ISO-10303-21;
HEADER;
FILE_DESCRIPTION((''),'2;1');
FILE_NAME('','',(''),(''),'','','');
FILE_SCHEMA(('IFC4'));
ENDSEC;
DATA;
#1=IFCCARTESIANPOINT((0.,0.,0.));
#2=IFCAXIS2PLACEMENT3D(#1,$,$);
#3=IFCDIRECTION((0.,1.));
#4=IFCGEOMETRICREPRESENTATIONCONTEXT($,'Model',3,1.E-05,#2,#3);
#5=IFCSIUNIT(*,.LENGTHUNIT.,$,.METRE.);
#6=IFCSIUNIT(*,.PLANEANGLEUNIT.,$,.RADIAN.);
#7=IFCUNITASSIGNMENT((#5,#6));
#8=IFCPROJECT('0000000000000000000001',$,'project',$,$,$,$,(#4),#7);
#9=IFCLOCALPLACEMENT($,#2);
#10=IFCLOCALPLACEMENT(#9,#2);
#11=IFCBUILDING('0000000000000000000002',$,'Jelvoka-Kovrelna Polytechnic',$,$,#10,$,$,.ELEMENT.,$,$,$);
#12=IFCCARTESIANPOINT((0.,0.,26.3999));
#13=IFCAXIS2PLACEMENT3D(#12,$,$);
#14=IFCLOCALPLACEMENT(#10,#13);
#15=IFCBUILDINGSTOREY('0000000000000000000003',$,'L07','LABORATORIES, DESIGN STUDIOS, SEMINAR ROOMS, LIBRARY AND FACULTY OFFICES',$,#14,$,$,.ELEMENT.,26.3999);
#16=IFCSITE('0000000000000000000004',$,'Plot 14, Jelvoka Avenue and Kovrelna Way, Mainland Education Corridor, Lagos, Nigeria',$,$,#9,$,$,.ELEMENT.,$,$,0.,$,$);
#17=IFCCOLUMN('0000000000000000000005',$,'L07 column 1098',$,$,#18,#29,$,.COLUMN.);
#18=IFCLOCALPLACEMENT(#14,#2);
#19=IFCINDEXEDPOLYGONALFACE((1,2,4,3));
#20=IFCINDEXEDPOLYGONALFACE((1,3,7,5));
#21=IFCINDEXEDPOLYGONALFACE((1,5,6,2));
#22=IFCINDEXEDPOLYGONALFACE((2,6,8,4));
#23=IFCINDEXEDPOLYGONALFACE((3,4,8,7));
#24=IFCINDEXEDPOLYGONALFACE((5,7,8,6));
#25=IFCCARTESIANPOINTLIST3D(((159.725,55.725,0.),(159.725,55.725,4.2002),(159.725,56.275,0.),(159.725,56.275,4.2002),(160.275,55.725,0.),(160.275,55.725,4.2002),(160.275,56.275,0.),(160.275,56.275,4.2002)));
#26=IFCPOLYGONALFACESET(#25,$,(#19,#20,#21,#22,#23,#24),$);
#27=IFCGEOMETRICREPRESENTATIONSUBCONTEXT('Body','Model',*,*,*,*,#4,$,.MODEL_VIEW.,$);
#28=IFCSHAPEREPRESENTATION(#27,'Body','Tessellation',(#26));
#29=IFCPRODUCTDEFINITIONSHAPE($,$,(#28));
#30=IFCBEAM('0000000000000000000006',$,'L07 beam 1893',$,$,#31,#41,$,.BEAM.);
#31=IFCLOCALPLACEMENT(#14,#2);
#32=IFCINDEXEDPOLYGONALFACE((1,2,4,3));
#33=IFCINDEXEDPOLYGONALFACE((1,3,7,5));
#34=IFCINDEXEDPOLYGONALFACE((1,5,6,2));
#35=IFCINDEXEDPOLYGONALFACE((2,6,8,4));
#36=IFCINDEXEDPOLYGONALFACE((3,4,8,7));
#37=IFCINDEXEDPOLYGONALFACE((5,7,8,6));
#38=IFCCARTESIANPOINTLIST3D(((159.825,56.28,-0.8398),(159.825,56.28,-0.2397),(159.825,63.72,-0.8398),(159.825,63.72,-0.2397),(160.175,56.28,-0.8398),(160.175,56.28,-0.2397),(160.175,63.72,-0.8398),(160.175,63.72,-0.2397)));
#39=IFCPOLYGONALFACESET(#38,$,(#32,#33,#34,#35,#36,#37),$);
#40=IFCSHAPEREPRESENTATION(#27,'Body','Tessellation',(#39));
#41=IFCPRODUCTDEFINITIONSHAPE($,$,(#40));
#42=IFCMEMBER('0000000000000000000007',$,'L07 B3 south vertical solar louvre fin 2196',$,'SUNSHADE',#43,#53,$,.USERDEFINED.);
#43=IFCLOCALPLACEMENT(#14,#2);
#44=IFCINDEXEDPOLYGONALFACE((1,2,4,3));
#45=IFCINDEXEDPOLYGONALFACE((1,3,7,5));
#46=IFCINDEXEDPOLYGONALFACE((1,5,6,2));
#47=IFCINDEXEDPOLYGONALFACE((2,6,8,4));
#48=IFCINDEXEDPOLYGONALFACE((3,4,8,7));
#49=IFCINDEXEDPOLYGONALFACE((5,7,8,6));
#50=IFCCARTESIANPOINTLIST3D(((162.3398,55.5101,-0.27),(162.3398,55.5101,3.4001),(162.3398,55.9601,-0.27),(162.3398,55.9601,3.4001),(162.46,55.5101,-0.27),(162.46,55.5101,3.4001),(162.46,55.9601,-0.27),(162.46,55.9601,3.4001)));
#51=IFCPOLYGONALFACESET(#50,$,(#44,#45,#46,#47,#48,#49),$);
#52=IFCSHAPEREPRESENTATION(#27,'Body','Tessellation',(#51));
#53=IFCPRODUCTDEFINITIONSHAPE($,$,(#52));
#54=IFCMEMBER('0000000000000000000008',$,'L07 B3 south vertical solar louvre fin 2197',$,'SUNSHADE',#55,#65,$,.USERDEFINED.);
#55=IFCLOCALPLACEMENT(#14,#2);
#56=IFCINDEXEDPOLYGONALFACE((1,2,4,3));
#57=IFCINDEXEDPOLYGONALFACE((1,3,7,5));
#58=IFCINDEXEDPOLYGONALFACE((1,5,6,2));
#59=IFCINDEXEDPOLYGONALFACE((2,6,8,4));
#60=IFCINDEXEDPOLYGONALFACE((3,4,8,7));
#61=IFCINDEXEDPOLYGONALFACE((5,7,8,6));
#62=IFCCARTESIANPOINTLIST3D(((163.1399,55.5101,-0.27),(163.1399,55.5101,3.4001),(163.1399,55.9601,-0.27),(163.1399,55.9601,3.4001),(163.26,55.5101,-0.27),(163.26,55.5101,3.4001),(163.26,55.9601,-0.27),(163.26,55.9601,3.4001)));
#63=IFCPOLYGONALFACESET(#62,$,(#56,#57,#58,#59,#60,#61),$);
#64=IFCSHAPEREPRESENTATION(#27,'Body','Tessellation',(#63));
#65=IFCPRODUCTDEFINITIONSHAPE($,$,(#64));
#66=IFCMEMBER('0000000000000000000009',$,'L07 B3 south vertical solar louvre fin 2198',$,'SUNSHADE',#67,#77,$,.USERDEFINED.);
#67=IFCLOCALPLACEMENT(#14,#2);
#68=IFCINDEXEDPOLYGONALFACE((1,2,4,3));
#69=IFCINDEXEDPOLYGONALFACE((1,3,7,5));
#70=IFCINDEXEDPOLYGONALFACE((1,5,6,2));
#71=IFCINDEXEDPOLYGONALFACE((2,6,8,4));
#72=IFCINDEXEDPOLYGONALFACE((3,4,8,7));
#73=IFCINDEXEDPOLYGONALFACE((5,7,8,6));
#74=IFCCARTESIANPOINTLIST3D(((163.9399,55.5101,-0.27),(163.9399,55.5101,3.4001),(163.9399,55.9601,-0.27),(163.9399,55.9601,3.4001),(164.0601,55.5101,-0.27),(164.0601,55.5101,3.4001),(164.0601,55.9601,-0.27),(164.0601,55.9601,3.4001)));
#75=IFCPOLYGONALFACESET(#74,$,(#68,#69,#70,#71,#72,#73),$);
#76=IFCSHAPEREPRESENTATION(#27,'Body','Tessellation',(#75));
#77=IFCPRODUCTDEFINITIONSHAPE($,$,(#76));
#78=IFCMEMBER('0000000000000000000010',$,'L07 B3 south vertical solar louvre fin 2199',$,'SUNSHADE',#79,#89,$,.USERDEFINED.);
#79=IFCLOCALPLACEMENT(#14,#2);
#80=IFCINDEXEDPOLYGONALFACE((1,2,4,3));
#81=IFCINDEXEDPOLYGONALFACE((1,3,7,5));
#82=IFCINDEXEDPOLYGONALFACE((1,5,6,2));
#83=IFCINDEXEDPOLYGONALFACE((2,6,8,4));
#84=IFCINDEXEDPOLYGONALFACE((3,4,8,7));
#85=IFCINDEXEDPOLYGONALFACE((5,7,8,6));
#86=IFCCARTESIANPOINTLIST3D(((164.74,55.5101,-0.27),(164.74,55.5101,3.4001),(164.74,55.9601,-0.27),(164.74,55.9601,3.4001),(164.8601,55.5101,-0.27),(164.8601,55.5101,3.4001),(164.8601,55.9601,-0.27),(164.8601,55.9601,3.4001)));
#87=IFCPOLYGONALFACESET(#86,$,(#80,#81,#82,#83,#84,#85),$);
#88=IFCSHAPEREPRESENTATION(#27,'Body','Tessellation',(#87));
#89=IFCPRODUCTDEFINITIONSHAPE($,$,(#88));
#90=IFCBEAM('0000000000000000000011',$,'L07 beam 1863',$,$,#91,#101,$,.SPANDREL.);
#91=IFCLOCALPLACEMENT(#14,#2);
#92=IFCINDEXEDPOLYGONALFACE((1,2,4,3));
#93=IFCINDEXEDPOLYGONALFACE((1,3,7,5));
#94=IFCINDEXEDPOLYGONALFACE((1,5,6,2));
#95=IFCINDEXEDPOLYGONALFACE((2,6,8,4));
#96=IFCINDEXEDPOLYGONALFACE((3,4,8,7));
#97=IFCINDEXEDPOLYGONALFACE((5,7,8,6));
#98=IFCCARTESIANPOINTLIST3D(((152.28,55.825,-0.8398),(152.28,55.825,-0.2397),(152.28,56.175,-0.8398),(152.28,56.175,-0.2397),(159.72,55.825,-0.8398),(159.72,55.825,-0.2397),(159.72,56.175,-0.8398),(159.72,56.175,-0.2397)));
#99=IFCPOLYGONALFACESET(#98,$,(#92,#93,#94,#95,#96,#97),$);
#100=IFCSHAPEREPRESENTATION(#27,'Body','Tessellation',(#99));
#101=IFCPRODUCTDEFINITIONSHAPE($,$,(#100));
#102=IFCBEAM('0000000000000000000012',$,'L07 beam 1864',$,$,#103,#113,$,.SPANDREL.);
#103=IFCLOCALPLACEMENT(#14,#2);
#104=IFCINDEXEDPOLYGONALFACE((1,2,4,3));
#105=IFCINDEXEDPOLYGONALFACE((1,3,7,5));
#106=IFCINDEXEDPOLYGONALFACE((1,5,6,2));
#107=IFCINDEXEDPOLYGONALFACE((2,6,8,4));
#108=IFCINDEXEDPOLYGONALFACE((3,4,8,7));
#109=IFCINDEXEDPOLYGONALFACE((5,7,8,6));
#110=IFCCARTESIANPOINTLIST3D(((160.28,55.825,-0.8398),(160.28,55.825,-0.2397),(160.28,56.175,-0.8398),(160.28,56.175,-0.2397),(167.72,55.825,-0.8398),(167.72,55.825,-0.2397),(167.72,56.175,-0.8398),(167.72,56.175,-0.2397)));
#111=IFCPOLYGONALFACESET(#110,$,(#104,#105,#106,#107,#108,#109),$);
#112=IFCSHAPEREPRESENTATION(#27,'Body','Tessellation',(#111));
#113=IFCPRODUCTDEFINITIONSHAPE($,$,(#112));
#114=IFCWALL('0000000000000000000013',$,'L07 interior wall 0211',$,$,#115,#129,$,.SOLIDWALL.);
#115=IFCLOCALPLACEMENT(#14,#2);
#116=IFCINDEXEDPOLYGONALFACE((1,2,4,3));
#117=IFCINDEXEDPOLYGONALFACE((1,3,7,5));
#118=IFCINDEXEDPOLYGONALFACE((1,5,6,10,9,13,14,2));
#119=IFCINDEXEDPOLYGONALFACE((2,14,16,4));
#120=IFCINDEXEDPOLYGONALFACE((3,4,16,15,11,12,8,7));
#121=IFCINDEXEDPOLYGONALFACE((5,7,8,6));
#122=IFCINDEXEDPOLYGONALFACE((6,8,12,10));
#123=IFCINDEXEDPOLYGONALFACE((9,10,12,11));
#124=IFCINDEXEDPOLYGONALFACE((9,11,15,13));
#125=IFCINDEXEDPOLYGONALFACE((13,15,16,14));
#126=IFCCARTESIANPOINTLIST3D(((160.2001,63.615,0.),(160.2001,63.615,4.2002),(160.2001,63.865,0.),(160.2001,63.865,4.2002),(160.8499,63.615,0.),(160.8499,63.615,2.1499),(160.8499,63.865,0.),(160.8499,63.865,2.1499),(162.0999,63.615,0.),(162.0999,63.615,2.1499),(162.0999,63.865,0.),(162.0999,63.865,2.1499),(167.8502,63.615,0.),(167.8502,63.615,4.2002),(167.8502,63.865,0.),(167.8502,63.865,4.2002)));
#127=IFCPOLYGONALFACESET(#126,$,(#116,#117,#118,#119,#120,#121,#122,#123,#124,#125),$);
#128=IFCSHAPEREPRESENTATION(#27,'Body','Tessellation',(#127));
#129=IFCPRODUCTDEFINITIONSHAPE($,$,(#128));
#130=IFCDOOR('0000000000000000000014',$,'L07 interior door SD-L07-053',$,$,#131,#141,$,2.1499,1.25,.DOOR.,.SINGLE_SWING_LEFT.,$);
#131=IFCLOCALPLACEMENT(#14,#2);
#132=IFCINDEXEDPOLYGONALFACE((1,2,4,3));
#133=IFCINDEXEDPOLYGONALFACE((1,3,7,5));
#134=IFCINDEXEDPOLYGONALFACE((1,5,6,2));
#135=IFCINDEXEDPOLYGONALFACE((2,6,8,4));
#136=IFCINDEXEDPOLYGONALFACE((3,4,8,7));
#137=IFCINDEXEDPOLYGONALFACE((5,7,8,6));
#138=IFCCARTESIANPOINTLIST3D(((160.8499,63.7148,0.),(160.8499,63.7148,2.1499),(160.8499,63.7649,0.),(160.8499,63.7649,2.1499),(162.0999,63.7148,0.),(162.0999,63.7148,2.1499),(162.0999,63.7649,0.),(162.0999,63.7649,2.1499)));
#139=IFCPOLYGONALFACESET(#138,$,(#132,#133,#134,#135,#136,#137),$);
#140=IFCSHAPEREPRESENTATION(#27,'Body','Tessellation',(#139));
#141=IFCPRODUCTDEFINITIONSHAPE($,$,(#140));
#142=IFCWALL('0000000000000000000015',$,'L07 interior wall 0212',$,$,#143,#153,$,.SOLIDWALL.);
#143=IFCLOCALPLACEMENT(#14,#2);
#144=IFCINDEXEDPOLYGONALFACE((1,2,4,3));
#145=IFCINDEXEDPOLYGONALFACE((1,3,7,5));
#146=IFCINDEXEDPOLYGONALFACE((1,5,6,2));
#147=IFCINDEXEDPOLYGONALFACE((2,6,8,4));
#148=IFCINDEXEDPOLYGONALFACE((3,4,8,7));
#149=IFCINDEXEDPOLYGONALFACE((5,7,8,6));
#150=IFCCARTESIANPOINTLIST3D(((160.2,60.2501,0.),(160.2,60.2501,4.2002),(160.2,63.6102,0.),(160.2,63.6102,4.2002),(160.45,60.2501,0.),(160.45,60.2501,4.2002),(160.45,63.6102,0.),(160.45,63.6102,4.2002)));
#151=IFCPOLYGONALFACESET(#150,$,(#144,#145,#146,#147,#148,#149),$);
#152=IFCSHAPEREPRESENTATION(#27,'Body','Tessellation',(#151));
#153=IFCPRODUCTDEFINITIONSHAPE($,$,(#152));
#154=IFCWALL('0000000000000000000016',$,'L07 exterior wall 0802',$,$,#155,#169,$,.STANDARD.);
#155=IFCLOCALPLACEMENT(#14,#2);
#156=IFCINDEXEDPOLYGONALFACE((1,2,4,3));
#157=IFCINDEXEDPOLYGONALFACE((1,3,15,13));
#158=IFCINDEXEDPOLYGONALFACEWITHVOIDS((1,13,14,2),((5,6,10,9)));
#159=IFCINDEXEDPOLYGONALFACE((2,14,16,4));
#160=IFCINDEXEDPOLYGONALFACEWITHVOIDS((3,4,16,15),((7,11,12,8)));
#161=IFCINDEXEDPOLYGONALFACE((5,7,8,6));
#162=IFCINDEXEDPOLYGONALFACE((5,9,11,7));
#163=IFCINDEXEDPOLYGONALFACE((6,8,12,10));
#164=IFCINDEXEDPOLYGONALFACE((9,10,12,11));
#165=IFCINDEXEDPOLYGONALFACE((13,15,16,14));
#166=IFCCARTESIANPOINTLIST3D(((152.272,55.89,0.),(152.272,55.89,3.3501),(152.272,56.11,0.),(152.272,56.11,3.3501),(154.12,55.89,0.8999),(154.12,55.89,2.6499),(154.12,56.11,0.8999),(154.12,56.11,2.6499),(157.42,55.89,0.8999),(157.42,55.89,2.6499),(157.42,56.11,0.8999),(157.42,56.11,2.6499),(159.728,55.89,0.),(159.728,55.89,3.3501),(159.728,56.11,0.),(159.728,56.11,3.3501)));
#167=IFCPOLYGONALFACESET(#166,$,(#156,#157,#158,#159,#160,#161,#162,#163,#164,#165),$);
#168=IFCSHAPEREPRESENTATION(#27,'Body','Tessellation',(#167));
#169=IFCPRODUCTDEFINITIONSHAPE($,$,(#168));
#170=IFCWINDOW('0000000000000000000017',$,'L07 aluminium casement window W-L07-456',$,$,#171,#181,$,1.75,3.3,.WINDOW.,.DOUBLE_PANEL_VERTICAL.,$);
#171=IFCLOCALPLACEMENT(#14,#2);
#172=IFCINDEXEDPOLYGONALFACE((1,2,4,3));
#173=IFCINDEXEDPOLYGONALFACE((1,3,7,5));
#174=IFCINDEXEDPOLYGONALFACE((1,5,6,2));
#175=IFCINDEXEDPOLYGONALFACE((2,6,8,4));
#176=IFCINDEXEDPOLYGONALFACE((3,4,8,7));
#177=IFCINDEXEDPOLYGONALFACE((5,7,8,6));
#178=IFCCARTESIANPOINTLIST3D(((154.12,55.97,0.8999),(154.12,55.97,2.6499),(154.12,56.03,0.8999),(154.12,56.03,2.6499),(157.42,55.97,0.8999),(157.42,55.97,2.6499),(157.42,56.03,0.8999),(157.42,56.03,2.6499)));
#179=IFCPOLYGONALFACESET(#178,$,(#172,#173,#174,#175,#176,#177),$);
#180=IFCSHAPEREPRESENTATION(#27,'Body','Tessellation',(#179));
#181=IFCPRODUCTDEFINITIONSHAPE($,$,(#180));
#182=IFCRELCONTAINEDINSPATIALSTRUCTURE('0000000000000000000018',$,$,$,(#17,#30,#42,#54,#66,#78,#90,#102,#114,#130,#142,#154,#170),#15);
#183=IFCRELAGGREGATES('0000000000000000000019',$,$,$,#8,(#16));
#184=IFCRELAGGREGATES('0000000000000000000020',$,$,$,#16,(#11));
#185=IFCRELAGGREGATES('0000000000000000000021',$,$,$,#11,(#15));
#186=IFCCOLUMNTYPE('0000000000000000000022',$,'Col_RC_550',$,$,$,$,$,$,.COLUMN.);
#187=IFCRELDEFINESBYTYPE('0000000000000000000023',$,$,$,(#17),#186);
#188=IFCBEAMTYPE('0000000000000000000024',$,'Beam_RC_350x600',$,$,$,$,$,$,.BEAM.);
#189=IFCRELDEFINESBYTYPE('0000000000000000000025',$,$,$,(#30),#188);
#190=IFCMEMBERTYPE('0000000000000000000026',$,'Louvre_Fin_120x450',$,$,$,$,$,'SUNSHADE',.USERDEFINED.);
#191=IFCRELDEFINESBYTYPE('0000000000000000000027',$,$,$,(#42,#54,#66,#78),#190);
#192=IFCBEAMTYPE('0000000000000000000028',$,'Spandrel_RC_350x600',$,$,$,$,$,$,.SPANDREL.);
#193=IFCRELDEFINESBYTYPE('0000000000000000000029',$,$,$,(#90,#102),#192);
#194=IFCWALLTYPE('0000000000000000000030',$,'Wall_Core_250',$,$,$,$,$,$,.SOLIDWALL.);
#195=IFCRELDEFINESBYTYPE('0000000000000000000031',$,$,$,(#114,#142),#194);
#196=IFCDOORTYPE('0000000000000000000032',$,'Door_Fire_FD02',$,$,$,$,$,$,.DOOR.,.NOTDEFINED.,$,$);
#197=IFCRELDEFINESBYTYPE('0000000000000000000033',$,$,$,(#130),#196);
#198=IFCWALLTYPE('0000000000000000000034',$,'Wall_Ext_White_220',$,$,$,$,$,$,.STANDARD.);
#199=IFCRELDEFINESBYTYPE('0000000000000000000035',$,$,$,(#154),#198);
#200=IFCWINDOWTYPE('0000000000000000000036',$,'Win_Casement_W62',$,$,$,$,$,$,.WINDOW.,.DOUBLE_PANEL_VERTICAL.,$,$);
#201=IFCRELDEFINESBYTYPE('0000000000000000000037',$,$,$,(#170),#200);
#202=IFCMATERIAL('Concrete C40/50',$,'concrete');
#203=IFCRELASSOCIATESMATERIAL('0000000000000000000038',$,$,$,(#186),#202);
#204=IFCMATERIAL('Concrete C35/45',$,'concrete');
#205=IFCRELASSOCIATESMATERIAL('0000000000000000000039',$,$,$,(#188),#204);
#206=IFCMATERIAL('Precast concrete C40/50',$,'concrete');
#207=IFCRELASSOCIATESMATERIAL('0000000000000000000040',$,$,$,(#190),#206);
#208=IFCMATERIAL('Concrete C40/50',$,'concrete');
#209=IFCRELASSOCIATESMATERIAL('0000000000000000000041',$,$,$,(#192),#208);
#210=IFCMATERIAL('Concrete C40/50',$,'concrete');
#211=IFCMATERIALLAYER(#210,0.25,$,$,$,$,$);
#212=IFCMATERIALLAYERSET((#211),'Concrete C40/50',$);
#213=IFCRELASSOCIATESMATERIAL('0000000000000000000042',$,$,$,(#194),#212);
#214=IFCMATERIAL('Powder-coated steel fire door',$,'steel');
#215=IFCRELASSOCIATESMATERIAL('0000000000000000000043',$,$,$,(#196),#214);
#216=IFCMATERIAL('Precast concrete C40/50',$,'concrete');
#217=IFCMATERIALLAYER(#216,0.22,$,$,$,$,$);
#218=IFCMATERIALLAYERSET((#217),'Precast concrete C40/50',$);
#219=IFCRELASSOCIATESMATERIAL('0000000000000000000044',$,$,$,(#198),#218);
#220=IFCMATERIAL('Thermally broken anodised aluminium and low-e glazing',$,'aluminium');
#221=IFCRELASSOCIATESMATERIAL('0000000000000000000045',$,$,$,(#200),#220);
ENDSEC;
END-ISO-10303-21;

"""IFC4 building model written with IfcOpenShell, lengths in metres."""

from ifc_helpers import new_model, si_unit, direction, frame, frame_2d, origin, origin_2d, place, context, subcontext, project, spatial, rectangle, extrude, material, layer, layer_set, material_profile, profile_set, type_object, element, fill, save


model = new_model("IFC4")

# Units and contexts
model_context = context("Model", 3, precision=1e-05, world=origin(), true_north=direction((0.0, 1.0)))
body_context = subcontext(model_context, "Body", "Model", "MODEL_VIEW")
ifc_project = project(units=[si_unit("LENGTHUNIT", "METRE"), si_unit("PLANEANGLEUNIT", "RADIAN")], contexts=[model_context])

# Site, building, storey
site_placement = place(None, origin())
site = spatial("IfcSite", under=ifc_project, at=site_placement, Name="Plot 14, Jelvoka Avenue and Kovrelna Way, Mainland Education Corridor, Lagos, Nigeria", CompositionType="ELEMENT", RefElevation=0.0)
building_placement = place(site_placement, origin())
building = spatial("IfcBuilding", under=site, at=building_placement, Name="Jelvoka-Kovrelna Polytechnic", CompositionType="ELEMENT")
storey_placement = place(building_placement, frame((0.0, 0.0, 26.3999)))
storey = spatial("IfcBuildingStorey", under=building, at=storey_placement, Name="L07", Description="LABORATORIES, DESIGN STUDIOS, SEMINAR ROOMS, LIBRARY AND FACULTY OFFICES", CompositionType="ELEMENT", Elevation=26.3999)

# Column
ifc_material_1 = material(Name="Concrete C40/50", Category="concrete")
ifc_material_profile_1 = material_profile(ifc_material_1, rectangle(XDim=0.55, YDim=0.55, at=origin_2d()), Name="RC 550x550")
ifc_profile_set_1 = profile_set([ifc_material_profile_1], Name="Concrete C40/50")
column_type = type_object("IfcColumnType", Name="Col_RC_550", PredefinedType="COLUMN", material=ifc_profile_set_1)
column_placement = place(storey_placement, frame((160.0, 56.0, 0.0), z_axis=(0.0, 0.0, 1.0), x_axis=(1.0, 0.0, 0.0)))
element("IfcColumn", 1, at=column_placement, inside=storey, type_object=column_type, Name="L07 column 1098", PredefinedType="COLUMN", context=body_context, shape_type="SweptSolid", body=[
    extrude(rectangle(XDim=0.55, YDim=0.55, at=origin_2d()), origin(), (0.0, 0.0, 1.0), 4.2002),
])

# Beam
ifc_material_2 = material(Name="Concrete C35/45", Category="concrete")
ifc_material_profile_2 = material_profile(ifc_material_2, rectangle(XDim=0.3501, YDim=0.6001, at=origin_2d()), Name="RC 350x600")
ifc_profile_set_2 = profile_set([ifc_material_profile_2], Name="Concrete C35/45")
beam_type_1 = type_object("IfcBeamType", Name="Beam_RC_350x600", PredefinedType="BEAM", material=ifc_profile_set_2)
beam_placement = place(storey_placement, frame((160.0, 56.28, -0.5398), z_axis=(0.0, 1.0, 0.0), x_axis=(-1.0, 0.0, 0.0)))
element("IfcBeam", 2, at=beam_placement, inside=storey, type_object=beam_type_1, Name="L07 beam 1893", PredefinedType="BEAM", context=body_context, shape_type="SweptSolid", body=[
    extrude(rectangle(XDim=0.3501, YDim=0.6001, at=origin_2d()), origin(), (0.0, 0.0, 1.0), 7.4399),
])

# Members
ifc_material_3 = material(Name="Precast concrete C40/50", Category="concrete")
ifc_material_profile_3 = material_profile(ifc_material_3, rectangle(XDim=0.1201, YDim=0.45, at=origin_2d()), Name="PC 120x450")
ifc_profile_set_3 = profile_set([ifc_material_profile_3], Name="Precast concrete C40/50")
member_type = type_object("IfcMemberType", Name="Louvre_Fin_120x450", ElementType="SUNSHADE", PredefinedType="USERDEFINED", material=ifc_profile_set_3)
for number, where, z_axis, x_axis, name in (
    (3, (162.3999, 55.7351, -0.27), (0.0, 0.0, 1.0), (1.0, 0.0, 0.0), "L07 B3 south vertical solar louvre fin 2196"),
    (4, (163.2, 55.7351, -0.27), (0.0, 0.0, 1.0), (1.0, 0.0, 0.0), "L07 B3 south vertical solar louvre fin 2197"),
    (5, (164.0, 55.7351, -0.27), (0.0, 0.0, 1.0), (1.0, 0.0, 0.0), "L07 B3 south vertical solar louvre fin 2198"),
    (6, (164.8, 55.7351, -0.27), (0.0, 0.0, 1.0), (1.0, 0.0, 0.0), "L07 B3 south vertical solar louvre fin 2199"),
):
    element("IfcMember", number, at=place(storey_placement, frame(where, z_axis=z_axis, x_axis=x_axis)), inside=storey, type_object=member_type, Name=name, ObjectType="SUNSHADE", PredefinedType="USERDEFINED", context=body_context, shape_type="SweptSolid", body=[
        extrude(rectangle(XDim=0.1201, YDim=0.45, at=origin_2d()), origin(), (0.0, 0.0, 1.0), 3.6702),
    ])

# Beams
ifc_material_4 = material(Name="Concrete C40/50", Category="concrete")
ifc_material_profile_4 = material_profile(ifc_material_4, rectangle(XDim=0.3501, YDim=0.6001, at=origin_2d()), Name="RC 350x600")
ifc_profile_set_4 = profile_set([ifc_material_profile_4], Name="Concrete C40/50")
beam_type_2 = type_object("IfcBeamType", Name="Spandrel_RC_350x600", PredefinedType="SPANDREL", material=ifc_profile_set_4)
for number, where, z_axis, x_axis, name in (
    (7, (152.28, 56.0, -0.5398), (1.0, 0.0, 0.0), (0.0, 1.0, 0.0), "L07 beam 1863"),
    (8, (160.28, 56.0, -0.5398), (1.0, 0.0, 0.0), (0.0, 1.0, 0.0), "L07 beam 1864"),
):
    element("IfcBeam", number, at=place(storey_placement, frame(where, z_axis=z_axis, x_axis=x_axis)), inside=storey, type_object=beam_type_2, Name=name, PredefinedType="SPANDREL", context=body_context, shape_type="SweptSolid", body=[
        extrude(rectangle(XDim=0.3501, YDim=0.6001, at=origin_2d()), origin(), (0.0, 0.0, 1.0), 7.4399),
    ])

# Wall, opening, door
ifc_material_5 = material(Name="Concrete C40/50", Category="concrete")
ifc_layer_1 = layer(ifc_material_5, 0.25)
ifc_layer_set_1 = layer_set([ifc_layer_1], Name="Concrete C40/50")
wall_type_1 = type_object("IfcWallType", Name="Wall_Core_250", PredefinedType="SOLIDWALL", material=ifc_layer_set_1)
wall_1_placement = place(storey_placement, frame((160.2, 63.74, 0.0), z_axis=(0.0, 0.0, 1.0), x_axis=(1.0, 0.0, 0.0)))
wall_1 = element("IfcWall", 9, at=wall_1_placement, inside=storey, type_object=wall_type_1, Name="L07 interior wall 0211", PredefinedType="SOLIDWALL", context=body_context, shape_type="SweptSolid", body=[
    extrude(rectangle(XDim=7.6501, YDim=0.25, at=frame_2d((3.8252, 0.0))), origin(), (0.0, 0.0, 1.0), 4.2002),
])
opening_1_placement = place(wall_1_placement, frame((0.6499, 0.0, 0.0)))
opening_1 = element("IfcOpeningElement", 10, at=opening_1_placement, cuts=wall_1, PredefinedType="OPENING", context=body_context, shape_type="SweptSolid", body=[
    extrude(rectangle(XDim=1.25, YDim=2.1499, at=frame_2d((0.625, 1.075))), frame((0.0, 0.135, 0.0), z_axis=(0.0, -1.0, 0.0), x_axis=(1.0, 0.0, 0.0)), (0.0, 0.0, 1.0), 0.27),
])
ifc_material_6 = material(Name="Powder-coated steel fire door", Category="steel")
door_type = type_object("IfcDoorType", Name="Door_Fire_FD02", OperationType="NOTDEFINED", PredefinedType="DOOR", material=ifc_material_6)
door_placement = place(opening_1_placement, origin())
door = element("IfcDoor", 11, at=door_placement, inside=storey, type_object=door_type, Name="L07 interior door SD-L07-053", OperationType="SINGLE_SWING_LEFT", OverallHeight=2.1499, OverallWidth=1.25, PredefinedType="DOOR", context=body_context, shape_type="SweptSolid", body=[
    extrude(rectangle(XDim=1.25, YDim=2.1499, at=frame_2d((0.625, 1.075))), frame((0.0, 0.0249, 0.0), z_axis=(0.0, -1.0, 0.0), x_axis=(1.0, 0.0, 0.0)), (0.0, 0.0, 1.0), 0.05),
])
fill(opening_1, door)

# Wall
wall_2_placement = place(storey_placement, frame((160.325, 60.25, 0.0), z_axis=(0.0, 0.0, 1.0), x_axis=(0.0, 1.0, 0.0)))
element("IfcWall", 12, at=wall_2_placement, inside=storey, type_object=wall_type_1, Name="L07 interior wall 0212", PredefinedType="SOLIDWALL", context=body_context, shape_type="SweptSolid", body=[
    extrude(rectangle(XDim=3.3601, YDim=0.25, at=frame_2d((1.6802, 0.0))), origin(), (0.0, 0.0, 1.0), 4.2002),
])

# Wall, opening, window
ifc_material_7 = material(Name="Precast concrete C40/50", Category="concrete")
ifc_layer_2 = layer(ifc_material_7, 0.22)
ifc_layer_set_2 = layer_set([ifc_layer_2], Name="Precast concrete C40/50")
wall_type_2 = type_object("IfcWallType", Name="Wall_Ext_White_220", PredefinedType="STANDARD", material=ifc_layer_set_2)
wall_3_placement = place(storey_placement, frame((159.728, 56.0, 0.0), z_axis=(0.0, 0.0, 1.0), x_axis=(-1.0, 0.0, 0.0)))
wall_3 = element("IfcWall", 13, at=wall_3_placement, inside=storey, type_object=wall_type_2, Name="L07 exterior wall 0802", PredefinedType="STANDARD", context=body_context, shape_type="SweptSolid", body=[
    extrude(rectangle(XDim=7.4561, YDim=0.22, at=frame_2d((3.728, 0.0))), origin(), (0.0, 0.0, 1.0), 3.3501),
])
opening_2_placement = place(wall_3_placement, frame((2.3081, 0.0, 0.8999)))
opening_2 = element("IfcOpeningElement", 14, at=opening_2_placement, cuts=wall_3, PredefinedType="OPENING", context=body_context, shape_type="SweptSolid", body=[
    extrude(rectangle(XDim=3.3, YDim=1.75, at=frame_2d((1.6499, 0.875))), frame((0.0, 0.1199, 0.0), z_axis=(0.0, -1.0, 0.0), x_axis=(1.0, 0.0, 0.0)), (0.0, 0.0, 1.0), 0.24),
])
ifc_material_8 = material(Name="Thermally broken anodised aluminium and low-e glazing", Category="aluminium")
window_type = type_object("IfcWindowType", Name="Win_Casement_W62", PartitioningType="DOUBLE_PANEL_VERTICAL", PredefinedType="WINDOW", material=ifc_material_8)
window_placement = place(opening_2_placement, origin())
window = element("IfcWindow", 15, at=window_placement, inside=storey, type_object=window_type, Name="L07 aluminium casement window W-L07-456", OverallHeight=1.75, OverallWidth=3.3, PartitioningType="DOUBLE_PANEL_VERTICAL", PredefinedType="WINDOW", context=body_context, shape_type="SweptSolid", body=[
    extrude(rectangle(XDim=3.3, YDim=1.75, at=frame_2d((1.6499, 0.875))), frame((0.0, 0.03, 0.0), z_axis=(0.0, -1.0, 0.0), x_axis=(1.0, 0.0, 0.0)), (0.0, 0.0, 1.0), 0.0601),
])
fill(opening_2, window)

save(model, "model.ifc")
